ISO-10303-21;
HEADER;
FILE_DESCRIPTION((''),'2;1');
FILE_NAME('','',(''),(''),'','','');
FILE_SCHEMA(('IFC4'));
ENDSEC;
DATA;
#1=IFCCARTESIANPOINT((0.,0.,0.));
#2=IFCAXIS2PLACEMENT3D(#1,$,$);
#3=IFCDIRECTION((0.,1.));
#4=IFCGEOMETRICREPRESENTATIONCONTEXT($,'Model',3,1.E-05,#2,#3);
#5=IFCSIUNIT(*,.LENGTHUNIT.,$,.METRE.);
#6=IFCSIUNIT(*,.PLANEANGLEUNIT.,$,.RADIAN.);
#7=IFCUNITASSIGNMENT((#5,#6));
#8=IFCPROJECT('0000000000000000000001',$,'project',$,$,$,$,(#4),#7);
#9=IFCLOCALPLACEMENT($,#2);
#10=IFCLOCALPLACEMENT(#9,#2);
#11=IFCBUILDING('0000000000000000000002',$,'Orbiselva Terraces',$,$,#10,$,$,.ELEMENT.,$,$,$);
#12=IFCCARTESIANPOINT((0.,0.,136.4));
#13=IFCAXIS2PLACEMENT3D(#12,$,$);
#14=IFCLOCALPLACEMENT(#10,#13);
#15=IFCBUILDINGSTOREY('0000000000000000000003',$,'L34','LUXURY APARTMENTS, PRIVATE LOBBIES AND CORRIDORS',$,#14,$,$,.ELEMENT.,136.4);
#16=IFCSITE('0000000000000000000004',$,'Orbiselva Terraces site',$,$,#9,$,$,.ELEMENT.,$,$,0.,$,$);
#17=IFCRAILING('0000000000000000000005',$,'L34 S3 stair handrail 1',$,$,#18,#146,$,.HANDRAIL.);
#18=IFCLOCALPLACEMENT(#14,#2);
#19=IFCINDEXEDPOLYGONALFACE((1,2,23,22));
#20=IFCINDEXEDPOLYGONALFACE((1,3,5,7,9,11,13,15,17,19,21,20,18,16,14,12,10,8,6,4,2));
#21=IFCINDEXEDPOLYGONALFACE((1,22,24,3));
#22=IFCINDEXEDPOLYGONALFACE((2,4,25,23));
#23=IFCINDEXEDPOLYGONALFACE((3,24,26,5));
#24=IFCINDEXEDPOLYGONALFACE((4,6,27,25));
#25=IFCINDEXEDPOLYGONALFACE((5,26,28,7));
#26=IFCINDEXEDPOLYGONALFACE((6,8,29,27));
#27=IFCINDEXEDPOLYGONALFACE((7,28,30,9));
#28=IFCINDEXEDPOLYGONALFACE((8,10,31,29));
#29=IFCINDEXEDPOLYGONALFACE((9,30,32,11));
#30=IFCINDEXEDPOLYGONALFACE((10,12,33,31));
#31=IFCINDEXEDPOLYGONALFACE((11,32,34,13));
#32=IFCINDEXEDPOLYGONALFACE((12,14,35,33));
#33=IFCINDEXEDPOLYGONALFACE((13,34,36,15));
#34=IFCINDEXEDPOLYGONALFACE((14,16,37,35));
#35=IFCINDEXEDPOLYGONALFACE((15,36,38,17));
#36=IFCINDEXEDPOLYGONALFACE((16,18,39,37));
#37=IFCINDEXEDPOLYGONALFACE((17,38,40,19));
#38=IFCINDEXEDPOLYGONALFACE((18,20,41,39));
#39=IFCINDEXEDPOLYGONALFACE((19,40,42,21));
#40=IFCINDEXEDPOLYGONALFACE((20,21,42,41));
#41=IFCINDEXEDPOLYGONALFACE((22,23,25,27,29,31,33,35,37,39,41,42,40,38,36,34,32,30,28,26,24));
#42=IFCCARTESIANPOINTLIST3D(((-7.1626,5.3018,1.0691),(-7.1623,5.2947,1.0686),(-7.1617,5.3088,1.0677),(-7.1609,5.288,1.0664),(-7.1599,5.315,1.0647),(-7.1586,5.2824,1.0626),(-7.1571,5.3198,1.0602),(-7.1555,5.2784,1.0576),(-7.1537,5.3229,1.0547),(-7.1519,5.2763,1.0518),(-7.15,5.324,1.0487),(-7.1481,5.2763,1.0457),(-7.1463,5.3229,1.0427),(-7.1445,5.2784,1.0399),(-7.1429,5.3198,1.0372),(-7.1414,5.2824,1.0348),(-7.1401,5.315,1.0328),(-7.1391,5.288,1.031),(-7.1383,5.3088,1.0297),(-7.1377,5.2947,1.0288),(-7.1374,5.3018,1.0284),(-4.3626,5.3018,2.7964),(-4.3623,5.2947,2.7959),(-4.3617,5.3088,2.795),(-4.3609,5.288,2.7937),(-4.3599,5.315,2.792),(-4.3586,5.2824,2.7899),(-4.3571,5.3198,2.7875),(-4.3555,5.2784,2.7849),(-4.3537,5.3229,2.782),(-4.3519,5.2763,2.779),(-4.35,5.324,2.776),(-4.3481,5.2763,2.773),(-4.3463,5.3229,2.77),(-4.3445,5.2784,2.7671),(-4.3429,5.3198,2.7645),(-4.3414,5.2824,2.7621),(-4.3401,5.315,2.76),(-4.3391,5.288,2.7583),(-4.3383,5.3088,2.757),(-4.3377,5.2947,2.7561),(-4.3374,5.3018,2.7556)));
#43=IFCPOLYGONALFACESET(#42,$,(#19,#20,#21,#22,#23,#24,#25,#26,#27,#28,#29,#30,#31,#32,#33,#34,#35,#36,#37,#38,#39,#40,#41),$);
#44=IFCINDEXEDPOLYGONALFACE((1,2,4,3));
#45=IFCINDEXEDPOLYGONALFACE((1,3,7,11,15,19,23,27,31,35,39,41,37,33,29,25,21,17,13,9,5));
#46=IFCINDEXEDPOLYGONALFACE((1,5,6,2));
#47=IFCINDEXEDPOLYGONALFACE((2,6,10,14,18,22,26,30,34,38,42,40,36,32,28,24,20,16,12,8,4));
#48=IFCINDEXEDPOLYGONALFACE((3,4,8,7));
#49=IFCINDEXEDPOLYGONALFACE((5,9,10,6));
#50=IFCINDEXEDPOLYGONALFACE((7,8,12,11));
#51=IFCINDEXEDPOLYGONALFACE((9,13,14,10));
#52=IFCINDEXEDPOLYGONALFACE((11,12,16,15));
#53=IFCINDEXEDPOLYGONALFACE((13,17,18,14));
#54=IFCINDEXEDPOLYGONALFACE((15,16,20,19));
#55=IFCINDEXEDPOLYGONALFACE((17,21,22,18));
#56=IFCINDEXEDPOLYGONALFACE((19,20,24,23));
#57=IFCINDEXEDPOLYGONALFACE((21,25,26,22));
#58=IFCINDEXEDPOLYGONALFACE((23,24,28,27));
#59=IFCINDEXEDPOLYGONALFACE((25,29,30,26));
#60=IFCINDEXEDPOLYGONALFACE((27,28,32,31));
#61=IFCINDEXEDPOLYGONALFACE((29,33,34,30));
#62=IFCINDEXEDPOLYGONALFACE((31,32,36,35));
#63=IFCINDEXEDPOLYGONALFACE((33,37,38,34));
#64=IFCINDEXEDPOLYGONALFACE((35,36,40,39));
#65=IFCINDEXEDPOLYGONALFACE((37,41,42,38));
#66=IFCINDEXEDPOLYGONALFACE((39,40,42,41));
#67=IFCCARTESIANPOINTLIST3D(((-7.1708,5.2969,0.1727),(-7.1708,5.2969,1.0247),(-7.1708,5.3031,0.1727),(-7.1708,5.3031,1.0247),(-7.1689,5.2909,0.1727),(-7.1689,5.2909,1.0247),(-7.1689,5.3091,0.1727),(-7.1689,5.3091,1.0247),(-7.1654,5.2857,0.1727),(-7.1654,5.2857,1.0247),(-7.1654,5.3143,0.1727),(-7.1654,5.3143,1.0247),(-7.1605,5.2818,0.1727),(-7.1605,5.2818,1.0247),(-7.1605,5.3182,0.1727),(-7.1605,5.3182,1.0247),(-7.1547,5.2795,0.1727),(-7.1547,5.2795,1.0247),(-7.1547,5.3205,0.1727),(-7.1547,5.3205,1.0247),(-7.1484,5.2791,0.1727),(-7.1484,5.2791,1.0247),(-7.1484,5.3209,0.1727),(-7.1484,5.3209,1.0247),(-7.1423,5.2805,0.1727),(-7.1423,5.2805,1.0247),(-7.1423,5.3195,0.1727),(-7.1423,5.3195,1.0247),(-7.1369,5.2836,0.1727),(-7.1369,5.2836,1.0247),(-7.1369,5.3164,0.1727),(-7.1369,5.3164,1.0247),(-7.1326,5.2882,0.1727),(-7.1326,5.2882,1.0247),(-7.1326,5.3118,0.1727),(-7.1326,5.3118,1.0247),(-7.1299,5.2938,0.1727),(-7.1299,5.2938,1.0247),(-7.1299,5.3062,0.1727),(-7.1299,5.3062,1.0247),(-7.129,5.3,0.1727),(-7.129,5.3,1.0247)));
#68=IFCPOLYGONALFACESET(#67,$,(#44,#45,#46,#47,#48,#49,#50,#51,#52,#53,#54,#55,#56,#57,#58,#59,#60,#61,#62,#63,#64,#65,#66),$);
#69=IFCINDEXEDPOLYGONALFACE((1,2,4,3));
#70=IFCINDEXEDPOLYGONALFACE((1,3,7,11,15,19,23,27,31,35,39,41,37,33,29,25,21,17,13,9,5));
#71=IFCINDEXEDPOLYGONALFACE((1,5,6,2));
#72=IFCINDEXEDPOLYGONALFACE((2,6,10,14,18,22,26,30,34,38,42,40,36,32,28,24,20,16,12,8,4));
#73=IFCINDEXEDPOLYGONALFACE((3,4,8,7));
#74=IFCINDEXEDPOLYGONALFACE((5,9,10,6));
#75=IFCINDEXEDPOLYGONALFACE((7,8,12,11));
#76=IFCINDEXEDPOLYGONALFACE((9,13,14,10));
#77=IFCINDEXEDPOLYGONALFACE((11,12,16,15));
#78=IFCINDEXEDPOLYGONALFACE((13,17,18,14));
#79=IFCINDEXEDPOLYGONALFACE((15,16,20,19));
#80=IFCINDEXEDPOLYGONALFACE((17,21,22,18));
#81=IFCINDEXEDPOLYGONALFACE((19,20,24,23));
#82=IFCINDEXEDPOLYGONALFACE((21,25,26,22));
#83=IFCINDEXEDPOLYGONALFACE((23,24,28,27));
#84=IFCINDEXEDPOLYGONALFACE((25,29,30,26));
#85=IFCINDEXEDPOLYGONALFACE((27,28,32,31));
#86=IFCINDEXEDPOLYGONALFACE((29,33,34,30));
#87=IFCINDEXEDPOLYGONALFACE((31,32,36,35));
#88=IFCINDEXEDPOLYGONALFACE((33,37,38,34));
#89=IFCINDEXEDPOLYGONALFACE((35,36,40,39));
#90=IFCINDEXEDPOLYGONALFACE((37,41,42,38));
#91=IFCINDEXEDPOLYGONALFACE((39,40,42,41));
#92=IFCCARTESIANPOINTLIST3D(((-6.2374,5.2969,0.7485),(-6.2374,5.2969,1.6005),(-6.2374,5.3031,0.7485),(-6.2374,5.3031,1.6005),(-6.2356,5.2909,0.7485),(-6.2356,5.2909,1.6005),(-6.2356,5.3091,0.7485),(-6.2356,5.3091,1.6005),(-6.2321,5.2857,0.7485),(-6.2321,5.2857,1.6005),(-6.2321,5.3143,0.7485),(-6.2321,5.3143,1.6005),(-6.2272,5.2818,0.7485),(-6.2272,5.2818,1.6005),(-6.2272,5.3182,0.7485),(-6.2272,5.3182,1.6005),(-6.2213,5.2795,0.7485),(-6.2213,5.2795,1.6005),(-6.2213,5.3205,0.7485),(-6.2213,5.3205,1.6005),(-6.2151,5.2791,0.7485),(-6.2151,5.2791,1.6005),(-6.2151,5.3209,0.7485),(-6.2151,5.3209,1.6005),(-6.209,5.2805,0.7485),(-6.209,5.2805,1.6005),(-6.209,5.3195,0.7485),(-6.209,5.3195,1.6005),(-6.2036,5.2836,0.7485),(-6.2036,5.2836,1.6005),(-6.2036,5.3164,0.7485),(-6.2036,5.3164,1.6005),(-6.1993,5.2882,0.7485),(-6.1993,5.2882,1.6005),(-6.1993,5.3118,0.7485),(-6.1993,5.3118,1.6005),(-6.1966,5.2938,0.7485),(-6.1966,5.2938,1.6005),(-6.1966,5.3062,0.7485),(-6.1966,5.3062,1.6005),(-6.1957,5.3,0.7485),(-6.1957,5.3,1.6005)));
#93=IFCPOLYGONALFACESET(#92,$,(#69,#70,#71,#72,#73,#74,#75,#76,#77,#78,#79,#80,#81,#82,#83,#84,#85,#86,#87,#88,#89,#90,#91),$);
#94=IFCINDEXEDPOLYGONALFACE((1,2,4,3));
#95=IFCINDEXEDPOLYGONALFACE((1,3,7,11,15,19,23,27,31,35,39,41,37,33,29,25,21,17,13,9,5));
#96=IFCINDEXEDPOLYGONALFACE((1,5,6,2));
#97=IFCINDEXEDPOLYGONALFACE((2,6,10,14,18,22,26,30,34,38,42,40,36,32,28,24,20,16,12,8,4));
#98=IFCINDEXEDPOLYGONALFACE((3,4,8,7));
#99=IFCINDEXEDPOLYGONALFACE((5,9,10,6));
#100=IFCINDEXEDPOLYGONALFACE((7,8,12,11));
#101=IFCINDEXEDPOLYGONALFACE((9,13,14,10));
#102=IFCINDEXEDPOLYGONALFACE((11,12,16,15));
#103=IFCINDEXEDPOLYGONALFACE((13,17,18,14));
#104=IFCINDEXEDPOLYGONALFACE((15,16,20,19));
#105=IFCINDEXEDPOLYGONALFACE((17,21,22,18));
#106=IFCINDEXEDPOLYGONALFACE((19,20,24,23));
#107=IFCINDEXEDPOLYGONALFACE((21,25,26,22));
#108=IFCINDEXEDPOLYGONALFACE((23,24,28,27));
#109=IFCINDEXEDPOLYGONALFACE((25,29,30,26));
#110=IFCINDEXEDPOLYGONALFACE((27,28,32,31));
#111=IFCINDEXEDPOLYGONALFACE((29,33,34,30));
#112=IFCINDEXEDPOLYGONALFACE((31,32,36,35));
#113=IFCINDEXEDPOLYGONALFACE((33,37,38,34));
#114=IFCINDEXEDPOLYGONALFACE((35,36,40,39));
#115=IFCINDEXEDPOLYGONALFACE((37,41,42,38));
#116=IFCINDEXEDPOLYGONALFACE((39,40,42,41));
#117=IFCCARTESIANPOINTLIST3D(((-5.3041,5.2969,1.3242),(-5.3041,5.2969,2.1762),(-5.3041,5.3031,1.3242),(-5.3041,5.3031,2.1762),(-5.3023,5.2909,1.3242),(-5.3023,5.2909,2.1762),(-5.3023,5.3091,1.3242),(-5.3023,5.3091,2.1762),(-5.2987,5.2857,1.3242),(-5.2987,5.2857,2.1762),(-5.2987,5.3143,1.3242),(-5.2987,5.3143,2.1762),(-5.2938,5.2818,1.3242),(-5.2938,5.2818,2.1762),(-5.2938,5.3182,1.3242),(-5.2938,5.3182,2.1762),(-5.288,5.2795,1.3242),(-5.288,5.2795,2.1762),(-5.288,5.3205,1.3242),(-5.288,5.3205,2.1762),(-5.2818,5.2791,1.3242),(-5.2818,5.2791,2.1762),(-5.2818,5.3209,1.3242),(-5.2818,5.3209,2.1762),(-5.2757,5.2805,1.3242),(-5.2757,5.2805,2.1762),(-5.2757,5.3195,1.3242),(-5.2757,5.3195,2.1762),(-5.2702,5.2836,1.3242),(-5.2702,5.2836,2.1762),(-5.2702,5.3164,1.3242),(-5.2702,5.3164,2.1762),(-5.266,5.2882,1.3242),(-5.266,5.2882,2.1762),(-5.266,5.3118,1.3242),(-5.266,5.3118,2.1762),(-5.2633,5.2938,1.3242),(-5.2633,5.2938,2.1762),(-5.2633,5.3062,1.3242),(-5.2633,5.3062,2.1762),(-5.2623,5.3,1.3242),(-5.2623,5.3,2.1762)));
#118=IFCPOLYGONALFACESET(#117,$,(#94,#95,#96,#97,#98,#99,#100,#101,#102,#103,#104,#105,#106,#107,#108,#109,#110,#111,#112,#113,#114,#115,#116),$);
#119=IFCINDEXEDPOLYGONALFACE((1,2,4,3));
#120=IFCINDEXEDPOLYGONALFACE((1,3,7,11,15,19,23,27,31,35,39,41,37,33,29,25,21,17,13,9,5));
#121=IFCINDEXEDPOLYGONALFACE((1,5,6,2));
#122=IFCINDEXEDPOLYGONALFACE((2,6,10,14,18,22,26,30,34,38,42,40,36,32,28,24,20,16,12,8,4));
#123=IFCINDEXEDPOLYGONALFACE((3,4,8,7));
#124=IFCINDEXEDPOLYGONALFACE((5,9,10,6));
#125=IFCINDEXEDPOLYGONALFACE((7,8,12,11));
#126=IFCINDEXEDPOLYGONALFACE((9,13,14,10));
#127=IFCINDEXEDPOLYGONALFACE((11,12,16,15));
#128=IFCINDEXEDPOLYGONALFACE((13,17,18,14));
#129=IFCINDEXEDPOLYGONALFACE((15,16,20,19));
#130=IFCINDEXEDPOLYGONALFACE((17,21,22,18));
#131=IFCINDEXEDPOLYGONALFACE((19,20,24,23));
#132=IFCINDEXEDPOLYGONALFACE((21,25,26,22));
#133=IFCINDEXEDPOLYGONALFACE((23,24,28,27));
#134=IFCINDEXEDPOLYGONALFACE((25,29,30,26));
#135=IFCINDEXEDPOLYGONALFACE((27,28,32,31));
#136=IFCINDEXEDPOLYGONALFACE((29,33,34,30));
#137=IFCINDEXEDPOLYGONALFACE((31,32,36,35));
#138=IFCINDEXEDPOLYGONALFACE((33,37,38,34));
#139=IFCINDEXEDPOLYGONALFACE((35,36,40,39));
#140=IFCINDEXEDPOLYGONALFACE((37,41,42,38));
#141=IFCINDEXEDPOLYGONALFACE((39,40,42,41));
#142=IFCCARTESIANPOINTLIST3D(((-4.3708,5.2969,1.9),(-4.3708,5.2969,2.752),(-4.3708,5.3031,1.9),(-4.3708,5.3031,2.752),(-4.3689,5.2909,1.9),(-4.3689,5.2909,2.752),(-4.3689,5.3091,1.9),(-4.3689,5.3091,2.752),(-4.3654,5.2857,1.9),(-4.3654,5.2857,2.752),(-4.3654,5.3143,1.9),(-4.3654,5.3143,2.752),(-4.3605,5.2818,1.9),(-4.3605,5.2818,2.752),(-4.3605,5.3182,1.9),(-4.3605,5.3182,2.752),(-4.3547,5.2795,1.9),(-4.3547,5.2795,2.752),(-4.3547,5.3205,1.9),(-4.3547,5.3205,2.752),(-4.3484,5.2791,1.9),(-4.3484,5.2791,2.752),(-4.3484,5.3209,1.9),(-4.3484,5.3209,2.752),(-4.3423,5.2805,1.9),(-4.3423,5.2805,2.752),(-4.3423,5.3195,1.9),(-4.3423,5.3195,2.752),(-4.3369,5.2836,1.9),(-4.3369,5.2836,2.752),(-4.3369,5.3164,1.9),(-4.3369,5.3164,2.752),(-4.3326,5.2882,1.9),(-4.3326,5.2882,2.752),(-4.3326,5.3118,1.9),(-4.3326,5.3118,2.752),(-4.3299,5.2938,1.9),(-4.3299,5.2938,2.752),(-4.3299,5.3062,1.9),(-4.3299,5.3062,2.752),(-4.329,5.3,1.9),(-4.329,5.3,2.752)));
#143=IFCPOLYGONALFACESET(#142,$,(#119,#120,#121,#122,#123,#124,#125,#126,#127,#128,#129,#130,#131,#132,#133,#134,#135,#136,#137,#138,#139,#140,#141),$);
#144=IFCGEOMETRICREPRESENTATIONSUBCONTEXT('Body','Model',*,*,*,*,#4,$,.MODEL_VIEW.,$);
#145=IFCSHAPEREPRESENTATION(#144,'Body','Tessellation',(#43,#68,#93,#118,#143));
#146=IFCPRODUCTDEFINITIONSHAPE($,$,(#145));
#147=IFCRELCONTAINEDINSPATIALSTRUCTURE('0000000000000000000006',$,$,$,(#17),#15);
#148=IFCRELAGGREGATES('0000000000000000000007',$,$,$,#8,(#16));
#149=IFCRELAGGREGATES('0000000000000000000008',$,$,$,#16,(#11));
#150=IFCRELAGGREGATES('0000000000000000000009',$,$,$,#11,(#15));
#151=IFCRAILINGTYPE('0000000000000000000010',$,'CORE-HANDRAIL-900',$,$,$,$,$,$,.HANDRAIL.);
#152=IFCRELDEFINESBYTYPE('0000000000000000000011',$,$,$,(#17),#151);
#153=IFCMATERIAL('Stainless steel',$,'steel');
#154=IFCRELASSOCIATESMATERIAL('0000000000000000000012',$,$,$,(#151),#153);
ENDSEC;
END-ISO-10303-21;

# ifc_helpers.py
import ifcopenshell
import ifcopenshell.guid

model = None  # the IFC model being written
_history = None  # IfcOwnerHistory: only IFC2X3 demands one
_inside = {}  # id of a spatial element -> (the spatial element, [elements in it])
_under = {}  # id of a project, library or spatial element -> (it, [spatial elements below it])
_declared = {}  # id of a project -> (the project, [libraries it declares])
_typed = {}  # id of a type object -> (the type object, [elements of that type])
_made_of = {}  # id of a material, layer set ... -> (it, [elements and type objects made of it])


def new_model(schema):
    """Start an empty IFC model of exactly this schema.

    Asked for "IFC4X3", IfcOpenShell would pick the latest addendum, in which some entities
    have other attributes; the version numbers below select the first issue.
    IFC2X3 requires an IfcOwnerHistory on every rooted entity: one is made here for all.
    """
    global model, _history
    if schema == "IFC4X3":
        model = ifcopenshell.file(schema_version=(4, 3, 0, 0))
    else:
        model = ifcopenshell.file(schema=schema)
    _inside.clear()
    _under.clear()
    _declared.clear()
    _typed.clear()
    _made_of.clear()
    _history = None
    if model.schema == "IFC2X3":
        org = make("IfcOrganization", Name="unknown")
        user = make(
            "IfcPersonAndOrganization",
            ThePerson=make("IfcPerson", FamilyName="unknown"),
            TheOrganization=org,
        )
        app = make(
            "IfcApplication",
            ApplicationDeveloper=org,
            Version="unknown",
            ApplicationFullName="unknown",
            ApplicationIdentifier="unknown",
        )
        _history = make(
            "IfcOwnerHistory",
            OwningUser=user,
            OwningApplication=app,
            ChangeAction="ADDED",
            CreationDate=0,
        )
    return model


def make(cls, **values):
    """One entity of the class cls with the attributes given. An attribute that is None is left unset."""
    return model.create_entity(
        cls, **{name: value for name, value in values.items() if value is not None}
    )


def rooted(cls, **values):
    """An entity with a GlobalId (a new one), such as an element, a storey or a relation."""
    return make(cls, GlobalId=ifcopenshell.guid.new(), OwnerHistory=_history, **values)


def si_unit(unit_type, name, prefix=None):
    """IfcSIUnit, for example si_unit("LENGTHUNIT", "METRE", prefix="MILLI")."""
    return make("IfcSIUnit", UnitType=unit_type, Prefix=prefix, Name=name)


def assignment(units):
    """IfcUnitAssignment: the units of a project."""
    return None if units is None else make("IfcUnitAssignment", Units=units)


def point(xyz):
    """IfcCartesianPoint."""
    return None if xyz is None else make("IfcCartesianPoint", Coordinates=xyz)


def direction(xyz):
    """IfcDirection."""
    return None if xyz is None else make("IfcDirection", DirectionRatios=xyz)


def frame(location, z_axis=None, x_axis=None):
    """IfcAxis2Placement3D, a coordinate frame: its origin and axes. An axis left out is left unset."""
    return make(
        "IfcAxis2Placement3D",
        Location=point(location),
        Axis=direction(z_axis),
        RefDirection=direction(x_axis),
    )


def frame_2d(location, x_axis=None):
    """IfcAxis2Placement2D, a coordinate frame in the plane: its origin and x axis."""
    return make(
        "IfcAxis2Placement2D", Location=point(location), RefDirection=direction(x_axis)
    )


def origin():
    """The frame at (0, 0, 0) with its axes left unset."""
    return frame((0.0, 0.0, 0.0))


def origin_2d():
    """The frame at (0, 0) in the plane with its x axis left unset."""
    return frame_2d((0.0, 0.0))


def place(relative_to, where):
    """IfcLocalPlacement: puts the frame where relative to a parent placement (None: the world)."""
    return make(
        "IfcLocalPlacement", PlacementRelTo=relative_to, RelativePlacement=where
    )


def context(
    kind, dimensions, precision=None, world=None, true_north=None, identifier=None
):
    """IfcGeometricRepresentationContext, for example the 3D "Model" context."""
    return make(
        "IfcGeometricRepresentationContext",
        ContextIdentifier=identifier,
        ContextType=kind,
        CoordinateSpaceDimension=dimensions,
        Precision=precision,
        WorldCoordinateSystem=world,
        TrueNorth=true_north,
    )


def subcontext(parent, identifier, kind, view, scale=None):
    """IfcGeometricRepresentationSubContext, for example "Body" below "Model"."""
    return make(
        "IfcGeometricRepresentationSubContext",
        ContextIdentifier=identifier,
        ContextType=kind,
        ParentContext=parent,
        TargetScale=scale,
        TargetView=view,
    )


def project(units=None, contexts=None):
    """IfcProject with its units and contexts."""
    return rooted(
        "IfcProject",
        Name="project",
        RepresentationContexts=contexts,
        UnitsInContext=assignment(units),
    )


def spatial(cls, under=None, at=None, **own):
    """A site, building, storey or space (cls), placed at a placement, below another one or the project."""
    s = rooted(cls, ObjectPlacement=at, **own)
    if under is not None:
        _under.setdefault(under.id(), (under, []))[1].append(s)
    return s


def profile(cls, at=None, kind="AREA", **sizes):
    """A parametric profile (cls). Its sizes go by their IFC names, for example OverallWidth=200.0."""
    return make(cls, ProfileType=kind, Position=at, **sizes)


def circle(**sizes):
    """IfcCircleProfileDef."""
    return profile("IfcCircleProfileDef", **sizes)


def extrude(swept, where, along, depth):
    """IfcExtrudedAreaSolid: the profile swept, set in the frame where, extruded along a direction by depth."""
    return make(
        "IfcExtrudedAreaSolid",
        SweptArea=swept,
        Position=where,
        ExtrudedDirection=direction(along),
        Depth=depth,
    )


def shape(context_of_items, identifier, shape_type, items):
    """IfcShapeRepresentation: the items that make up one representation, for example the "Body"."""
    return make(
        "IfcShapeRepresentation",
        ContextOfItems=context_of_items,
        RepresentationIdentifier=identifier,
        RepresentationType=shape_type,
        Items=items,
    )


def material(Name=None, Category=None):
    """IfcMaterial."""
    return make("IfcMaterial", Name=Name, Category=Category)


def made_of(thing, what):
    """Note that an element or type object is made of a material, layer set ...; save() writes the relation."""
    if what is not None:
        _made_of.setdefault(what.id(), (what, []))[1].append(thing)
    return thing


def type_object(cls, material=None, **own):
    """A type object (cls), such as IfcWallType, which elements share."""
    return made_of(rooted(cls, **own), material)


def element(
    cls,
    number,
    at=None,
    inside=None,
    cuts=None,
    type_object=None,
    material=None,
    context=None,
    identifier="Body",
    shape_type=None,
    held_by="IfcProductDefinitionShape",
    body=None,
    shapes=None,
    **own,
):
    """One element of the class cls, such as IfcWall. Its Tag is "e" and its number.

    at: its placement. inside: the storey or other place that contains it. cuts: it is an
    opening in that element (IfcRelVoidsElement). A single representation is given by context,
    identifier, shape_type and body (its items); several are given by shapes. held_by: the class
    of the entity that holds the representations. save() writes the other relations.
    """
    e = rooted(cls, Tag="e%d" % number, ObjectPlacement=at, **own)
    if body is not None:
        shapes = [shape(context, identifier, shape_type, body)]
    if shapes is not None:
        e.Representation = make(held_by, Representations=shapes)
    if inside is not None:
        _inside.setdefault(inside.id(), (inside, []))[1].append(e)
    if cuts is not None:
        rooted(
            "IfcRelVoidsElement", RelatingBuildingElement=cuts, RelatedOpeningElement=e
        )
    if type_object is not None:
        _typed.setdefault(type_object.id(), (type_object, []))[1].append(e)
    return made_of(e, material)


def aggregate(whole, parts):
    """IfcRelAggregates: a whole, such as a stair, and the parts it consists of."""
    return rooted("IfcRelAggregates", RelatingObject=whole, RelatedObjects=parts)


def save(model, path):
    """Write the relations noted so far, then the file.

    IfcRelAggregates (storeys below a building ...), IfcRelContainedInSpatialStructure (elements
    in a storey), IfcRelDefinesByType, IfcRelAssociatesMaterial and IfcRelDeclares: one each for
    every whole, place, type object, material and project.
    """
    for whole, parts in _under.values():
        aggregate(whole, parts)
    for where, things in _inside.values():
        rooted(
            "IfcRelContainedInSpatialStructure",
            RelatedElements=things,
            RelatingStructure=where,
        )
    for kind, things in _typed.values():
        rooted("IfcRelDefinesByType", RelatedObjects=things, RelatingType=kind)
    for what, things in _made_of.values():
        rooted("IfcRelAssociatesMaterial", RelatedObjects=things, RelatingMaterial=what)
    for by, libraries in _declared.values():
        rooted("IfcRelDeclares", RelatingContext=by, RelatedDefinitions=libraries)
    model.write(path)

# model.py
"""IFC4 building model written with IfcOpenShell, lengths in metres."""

from ifc_helpers import new_model, si_unit, direction, frame, origin, origin_2d, place, context, subcontext, project, spatial, circle, extrude, material, type_object, element, save


model = new_model("IFC4")

# Units and contexts
model_context = context("Model", 3, precision=1e-05, world=origin(), true_north=direction((0.0, 1.0)))
body_context = subcontext(model_context, "Body", "Model", "MODEL_VIEW")
ifc_project = project(units=[si_unit("LENGTHUNIT", "METRE"), si_unit("PLANEANGLEUNIT", "RADIAN")], contexts=[model_context])

# Site, building, storey
site_placement = place(None, origin())
site = spatial("IfcSite", under=ifc_project, at=site_placement, Name="Orbiselva Terraces site", CompositionType="ELEMENT", RefElevation=0.0)
building_placement = place(site_placement, origin())
building = spatial("IfcBuilding", under=site, at=building_placement, Name="Orbiselva Terraces", CompositionType="ELEMENT")
storey_placement = place(building_placement, frame((0.0, 0.0, 136.4)))
storey = spatial("IfcBuildingStorey", under=building, at=storey_placement, Name="L34", Description="LUXURY APARTMENTS, PRIVATE LOBBIES AND CORRIDORS", CompositionType="ELEMENT", Elevation=136.4)

# Railing
ifc_material_1 = material(Name="Stainless steel", Category="steel")
railing_type_1 = type_object("IfcRailingType", Name="CORE-HANDRAIL-900", PredefinedType="HANDRAIL", material=ifc_material_1)
railing_1_placement = place(storey_placement, frame((-7.15, 5.3, 0.1727)))
element("IfcRailing", 1, at=railing_1_placement, inside=storey, type_object=railing_type_1, Name="L34 S3 stair handrail 1", PredefinedType="HANDRAIL", context=body_context, shape_type="SweptSolid", body=[
    extrude(circle(Radius=0.024, at=origin_2d()), frame((0.0, 0.0, 0.876), z_axis=(0.851089, 0.0, 0.525022), x_axis=(0.0, 1.0, 0.0)), (0.0, 0.0, 1.0), 3.2899),
    extrude(circle(Radius=0.021, at=origin_2d()), origin(), (0.0, 0.0, 1.0), 0.852),
    extrude(circle(Radius=0.021, at=origin_2d()), frame((0.9333, 0.0, 0.5758)), (0.0, 0.0, 1.0), 0.852),
    extrude(circle(Radius=0.021, at=origin_2d()), frame((1.8667, 0.0, 1.1515)), (0.0, 0.0, 1.0), 0.852),
    extrude(circle(Radius=0.021, at=origin_2d()), frame((2.8, 0.0, 1.7273)), (0.0, 0.0, 1.0), 0.852),
])

save(model, "model.ifc")
